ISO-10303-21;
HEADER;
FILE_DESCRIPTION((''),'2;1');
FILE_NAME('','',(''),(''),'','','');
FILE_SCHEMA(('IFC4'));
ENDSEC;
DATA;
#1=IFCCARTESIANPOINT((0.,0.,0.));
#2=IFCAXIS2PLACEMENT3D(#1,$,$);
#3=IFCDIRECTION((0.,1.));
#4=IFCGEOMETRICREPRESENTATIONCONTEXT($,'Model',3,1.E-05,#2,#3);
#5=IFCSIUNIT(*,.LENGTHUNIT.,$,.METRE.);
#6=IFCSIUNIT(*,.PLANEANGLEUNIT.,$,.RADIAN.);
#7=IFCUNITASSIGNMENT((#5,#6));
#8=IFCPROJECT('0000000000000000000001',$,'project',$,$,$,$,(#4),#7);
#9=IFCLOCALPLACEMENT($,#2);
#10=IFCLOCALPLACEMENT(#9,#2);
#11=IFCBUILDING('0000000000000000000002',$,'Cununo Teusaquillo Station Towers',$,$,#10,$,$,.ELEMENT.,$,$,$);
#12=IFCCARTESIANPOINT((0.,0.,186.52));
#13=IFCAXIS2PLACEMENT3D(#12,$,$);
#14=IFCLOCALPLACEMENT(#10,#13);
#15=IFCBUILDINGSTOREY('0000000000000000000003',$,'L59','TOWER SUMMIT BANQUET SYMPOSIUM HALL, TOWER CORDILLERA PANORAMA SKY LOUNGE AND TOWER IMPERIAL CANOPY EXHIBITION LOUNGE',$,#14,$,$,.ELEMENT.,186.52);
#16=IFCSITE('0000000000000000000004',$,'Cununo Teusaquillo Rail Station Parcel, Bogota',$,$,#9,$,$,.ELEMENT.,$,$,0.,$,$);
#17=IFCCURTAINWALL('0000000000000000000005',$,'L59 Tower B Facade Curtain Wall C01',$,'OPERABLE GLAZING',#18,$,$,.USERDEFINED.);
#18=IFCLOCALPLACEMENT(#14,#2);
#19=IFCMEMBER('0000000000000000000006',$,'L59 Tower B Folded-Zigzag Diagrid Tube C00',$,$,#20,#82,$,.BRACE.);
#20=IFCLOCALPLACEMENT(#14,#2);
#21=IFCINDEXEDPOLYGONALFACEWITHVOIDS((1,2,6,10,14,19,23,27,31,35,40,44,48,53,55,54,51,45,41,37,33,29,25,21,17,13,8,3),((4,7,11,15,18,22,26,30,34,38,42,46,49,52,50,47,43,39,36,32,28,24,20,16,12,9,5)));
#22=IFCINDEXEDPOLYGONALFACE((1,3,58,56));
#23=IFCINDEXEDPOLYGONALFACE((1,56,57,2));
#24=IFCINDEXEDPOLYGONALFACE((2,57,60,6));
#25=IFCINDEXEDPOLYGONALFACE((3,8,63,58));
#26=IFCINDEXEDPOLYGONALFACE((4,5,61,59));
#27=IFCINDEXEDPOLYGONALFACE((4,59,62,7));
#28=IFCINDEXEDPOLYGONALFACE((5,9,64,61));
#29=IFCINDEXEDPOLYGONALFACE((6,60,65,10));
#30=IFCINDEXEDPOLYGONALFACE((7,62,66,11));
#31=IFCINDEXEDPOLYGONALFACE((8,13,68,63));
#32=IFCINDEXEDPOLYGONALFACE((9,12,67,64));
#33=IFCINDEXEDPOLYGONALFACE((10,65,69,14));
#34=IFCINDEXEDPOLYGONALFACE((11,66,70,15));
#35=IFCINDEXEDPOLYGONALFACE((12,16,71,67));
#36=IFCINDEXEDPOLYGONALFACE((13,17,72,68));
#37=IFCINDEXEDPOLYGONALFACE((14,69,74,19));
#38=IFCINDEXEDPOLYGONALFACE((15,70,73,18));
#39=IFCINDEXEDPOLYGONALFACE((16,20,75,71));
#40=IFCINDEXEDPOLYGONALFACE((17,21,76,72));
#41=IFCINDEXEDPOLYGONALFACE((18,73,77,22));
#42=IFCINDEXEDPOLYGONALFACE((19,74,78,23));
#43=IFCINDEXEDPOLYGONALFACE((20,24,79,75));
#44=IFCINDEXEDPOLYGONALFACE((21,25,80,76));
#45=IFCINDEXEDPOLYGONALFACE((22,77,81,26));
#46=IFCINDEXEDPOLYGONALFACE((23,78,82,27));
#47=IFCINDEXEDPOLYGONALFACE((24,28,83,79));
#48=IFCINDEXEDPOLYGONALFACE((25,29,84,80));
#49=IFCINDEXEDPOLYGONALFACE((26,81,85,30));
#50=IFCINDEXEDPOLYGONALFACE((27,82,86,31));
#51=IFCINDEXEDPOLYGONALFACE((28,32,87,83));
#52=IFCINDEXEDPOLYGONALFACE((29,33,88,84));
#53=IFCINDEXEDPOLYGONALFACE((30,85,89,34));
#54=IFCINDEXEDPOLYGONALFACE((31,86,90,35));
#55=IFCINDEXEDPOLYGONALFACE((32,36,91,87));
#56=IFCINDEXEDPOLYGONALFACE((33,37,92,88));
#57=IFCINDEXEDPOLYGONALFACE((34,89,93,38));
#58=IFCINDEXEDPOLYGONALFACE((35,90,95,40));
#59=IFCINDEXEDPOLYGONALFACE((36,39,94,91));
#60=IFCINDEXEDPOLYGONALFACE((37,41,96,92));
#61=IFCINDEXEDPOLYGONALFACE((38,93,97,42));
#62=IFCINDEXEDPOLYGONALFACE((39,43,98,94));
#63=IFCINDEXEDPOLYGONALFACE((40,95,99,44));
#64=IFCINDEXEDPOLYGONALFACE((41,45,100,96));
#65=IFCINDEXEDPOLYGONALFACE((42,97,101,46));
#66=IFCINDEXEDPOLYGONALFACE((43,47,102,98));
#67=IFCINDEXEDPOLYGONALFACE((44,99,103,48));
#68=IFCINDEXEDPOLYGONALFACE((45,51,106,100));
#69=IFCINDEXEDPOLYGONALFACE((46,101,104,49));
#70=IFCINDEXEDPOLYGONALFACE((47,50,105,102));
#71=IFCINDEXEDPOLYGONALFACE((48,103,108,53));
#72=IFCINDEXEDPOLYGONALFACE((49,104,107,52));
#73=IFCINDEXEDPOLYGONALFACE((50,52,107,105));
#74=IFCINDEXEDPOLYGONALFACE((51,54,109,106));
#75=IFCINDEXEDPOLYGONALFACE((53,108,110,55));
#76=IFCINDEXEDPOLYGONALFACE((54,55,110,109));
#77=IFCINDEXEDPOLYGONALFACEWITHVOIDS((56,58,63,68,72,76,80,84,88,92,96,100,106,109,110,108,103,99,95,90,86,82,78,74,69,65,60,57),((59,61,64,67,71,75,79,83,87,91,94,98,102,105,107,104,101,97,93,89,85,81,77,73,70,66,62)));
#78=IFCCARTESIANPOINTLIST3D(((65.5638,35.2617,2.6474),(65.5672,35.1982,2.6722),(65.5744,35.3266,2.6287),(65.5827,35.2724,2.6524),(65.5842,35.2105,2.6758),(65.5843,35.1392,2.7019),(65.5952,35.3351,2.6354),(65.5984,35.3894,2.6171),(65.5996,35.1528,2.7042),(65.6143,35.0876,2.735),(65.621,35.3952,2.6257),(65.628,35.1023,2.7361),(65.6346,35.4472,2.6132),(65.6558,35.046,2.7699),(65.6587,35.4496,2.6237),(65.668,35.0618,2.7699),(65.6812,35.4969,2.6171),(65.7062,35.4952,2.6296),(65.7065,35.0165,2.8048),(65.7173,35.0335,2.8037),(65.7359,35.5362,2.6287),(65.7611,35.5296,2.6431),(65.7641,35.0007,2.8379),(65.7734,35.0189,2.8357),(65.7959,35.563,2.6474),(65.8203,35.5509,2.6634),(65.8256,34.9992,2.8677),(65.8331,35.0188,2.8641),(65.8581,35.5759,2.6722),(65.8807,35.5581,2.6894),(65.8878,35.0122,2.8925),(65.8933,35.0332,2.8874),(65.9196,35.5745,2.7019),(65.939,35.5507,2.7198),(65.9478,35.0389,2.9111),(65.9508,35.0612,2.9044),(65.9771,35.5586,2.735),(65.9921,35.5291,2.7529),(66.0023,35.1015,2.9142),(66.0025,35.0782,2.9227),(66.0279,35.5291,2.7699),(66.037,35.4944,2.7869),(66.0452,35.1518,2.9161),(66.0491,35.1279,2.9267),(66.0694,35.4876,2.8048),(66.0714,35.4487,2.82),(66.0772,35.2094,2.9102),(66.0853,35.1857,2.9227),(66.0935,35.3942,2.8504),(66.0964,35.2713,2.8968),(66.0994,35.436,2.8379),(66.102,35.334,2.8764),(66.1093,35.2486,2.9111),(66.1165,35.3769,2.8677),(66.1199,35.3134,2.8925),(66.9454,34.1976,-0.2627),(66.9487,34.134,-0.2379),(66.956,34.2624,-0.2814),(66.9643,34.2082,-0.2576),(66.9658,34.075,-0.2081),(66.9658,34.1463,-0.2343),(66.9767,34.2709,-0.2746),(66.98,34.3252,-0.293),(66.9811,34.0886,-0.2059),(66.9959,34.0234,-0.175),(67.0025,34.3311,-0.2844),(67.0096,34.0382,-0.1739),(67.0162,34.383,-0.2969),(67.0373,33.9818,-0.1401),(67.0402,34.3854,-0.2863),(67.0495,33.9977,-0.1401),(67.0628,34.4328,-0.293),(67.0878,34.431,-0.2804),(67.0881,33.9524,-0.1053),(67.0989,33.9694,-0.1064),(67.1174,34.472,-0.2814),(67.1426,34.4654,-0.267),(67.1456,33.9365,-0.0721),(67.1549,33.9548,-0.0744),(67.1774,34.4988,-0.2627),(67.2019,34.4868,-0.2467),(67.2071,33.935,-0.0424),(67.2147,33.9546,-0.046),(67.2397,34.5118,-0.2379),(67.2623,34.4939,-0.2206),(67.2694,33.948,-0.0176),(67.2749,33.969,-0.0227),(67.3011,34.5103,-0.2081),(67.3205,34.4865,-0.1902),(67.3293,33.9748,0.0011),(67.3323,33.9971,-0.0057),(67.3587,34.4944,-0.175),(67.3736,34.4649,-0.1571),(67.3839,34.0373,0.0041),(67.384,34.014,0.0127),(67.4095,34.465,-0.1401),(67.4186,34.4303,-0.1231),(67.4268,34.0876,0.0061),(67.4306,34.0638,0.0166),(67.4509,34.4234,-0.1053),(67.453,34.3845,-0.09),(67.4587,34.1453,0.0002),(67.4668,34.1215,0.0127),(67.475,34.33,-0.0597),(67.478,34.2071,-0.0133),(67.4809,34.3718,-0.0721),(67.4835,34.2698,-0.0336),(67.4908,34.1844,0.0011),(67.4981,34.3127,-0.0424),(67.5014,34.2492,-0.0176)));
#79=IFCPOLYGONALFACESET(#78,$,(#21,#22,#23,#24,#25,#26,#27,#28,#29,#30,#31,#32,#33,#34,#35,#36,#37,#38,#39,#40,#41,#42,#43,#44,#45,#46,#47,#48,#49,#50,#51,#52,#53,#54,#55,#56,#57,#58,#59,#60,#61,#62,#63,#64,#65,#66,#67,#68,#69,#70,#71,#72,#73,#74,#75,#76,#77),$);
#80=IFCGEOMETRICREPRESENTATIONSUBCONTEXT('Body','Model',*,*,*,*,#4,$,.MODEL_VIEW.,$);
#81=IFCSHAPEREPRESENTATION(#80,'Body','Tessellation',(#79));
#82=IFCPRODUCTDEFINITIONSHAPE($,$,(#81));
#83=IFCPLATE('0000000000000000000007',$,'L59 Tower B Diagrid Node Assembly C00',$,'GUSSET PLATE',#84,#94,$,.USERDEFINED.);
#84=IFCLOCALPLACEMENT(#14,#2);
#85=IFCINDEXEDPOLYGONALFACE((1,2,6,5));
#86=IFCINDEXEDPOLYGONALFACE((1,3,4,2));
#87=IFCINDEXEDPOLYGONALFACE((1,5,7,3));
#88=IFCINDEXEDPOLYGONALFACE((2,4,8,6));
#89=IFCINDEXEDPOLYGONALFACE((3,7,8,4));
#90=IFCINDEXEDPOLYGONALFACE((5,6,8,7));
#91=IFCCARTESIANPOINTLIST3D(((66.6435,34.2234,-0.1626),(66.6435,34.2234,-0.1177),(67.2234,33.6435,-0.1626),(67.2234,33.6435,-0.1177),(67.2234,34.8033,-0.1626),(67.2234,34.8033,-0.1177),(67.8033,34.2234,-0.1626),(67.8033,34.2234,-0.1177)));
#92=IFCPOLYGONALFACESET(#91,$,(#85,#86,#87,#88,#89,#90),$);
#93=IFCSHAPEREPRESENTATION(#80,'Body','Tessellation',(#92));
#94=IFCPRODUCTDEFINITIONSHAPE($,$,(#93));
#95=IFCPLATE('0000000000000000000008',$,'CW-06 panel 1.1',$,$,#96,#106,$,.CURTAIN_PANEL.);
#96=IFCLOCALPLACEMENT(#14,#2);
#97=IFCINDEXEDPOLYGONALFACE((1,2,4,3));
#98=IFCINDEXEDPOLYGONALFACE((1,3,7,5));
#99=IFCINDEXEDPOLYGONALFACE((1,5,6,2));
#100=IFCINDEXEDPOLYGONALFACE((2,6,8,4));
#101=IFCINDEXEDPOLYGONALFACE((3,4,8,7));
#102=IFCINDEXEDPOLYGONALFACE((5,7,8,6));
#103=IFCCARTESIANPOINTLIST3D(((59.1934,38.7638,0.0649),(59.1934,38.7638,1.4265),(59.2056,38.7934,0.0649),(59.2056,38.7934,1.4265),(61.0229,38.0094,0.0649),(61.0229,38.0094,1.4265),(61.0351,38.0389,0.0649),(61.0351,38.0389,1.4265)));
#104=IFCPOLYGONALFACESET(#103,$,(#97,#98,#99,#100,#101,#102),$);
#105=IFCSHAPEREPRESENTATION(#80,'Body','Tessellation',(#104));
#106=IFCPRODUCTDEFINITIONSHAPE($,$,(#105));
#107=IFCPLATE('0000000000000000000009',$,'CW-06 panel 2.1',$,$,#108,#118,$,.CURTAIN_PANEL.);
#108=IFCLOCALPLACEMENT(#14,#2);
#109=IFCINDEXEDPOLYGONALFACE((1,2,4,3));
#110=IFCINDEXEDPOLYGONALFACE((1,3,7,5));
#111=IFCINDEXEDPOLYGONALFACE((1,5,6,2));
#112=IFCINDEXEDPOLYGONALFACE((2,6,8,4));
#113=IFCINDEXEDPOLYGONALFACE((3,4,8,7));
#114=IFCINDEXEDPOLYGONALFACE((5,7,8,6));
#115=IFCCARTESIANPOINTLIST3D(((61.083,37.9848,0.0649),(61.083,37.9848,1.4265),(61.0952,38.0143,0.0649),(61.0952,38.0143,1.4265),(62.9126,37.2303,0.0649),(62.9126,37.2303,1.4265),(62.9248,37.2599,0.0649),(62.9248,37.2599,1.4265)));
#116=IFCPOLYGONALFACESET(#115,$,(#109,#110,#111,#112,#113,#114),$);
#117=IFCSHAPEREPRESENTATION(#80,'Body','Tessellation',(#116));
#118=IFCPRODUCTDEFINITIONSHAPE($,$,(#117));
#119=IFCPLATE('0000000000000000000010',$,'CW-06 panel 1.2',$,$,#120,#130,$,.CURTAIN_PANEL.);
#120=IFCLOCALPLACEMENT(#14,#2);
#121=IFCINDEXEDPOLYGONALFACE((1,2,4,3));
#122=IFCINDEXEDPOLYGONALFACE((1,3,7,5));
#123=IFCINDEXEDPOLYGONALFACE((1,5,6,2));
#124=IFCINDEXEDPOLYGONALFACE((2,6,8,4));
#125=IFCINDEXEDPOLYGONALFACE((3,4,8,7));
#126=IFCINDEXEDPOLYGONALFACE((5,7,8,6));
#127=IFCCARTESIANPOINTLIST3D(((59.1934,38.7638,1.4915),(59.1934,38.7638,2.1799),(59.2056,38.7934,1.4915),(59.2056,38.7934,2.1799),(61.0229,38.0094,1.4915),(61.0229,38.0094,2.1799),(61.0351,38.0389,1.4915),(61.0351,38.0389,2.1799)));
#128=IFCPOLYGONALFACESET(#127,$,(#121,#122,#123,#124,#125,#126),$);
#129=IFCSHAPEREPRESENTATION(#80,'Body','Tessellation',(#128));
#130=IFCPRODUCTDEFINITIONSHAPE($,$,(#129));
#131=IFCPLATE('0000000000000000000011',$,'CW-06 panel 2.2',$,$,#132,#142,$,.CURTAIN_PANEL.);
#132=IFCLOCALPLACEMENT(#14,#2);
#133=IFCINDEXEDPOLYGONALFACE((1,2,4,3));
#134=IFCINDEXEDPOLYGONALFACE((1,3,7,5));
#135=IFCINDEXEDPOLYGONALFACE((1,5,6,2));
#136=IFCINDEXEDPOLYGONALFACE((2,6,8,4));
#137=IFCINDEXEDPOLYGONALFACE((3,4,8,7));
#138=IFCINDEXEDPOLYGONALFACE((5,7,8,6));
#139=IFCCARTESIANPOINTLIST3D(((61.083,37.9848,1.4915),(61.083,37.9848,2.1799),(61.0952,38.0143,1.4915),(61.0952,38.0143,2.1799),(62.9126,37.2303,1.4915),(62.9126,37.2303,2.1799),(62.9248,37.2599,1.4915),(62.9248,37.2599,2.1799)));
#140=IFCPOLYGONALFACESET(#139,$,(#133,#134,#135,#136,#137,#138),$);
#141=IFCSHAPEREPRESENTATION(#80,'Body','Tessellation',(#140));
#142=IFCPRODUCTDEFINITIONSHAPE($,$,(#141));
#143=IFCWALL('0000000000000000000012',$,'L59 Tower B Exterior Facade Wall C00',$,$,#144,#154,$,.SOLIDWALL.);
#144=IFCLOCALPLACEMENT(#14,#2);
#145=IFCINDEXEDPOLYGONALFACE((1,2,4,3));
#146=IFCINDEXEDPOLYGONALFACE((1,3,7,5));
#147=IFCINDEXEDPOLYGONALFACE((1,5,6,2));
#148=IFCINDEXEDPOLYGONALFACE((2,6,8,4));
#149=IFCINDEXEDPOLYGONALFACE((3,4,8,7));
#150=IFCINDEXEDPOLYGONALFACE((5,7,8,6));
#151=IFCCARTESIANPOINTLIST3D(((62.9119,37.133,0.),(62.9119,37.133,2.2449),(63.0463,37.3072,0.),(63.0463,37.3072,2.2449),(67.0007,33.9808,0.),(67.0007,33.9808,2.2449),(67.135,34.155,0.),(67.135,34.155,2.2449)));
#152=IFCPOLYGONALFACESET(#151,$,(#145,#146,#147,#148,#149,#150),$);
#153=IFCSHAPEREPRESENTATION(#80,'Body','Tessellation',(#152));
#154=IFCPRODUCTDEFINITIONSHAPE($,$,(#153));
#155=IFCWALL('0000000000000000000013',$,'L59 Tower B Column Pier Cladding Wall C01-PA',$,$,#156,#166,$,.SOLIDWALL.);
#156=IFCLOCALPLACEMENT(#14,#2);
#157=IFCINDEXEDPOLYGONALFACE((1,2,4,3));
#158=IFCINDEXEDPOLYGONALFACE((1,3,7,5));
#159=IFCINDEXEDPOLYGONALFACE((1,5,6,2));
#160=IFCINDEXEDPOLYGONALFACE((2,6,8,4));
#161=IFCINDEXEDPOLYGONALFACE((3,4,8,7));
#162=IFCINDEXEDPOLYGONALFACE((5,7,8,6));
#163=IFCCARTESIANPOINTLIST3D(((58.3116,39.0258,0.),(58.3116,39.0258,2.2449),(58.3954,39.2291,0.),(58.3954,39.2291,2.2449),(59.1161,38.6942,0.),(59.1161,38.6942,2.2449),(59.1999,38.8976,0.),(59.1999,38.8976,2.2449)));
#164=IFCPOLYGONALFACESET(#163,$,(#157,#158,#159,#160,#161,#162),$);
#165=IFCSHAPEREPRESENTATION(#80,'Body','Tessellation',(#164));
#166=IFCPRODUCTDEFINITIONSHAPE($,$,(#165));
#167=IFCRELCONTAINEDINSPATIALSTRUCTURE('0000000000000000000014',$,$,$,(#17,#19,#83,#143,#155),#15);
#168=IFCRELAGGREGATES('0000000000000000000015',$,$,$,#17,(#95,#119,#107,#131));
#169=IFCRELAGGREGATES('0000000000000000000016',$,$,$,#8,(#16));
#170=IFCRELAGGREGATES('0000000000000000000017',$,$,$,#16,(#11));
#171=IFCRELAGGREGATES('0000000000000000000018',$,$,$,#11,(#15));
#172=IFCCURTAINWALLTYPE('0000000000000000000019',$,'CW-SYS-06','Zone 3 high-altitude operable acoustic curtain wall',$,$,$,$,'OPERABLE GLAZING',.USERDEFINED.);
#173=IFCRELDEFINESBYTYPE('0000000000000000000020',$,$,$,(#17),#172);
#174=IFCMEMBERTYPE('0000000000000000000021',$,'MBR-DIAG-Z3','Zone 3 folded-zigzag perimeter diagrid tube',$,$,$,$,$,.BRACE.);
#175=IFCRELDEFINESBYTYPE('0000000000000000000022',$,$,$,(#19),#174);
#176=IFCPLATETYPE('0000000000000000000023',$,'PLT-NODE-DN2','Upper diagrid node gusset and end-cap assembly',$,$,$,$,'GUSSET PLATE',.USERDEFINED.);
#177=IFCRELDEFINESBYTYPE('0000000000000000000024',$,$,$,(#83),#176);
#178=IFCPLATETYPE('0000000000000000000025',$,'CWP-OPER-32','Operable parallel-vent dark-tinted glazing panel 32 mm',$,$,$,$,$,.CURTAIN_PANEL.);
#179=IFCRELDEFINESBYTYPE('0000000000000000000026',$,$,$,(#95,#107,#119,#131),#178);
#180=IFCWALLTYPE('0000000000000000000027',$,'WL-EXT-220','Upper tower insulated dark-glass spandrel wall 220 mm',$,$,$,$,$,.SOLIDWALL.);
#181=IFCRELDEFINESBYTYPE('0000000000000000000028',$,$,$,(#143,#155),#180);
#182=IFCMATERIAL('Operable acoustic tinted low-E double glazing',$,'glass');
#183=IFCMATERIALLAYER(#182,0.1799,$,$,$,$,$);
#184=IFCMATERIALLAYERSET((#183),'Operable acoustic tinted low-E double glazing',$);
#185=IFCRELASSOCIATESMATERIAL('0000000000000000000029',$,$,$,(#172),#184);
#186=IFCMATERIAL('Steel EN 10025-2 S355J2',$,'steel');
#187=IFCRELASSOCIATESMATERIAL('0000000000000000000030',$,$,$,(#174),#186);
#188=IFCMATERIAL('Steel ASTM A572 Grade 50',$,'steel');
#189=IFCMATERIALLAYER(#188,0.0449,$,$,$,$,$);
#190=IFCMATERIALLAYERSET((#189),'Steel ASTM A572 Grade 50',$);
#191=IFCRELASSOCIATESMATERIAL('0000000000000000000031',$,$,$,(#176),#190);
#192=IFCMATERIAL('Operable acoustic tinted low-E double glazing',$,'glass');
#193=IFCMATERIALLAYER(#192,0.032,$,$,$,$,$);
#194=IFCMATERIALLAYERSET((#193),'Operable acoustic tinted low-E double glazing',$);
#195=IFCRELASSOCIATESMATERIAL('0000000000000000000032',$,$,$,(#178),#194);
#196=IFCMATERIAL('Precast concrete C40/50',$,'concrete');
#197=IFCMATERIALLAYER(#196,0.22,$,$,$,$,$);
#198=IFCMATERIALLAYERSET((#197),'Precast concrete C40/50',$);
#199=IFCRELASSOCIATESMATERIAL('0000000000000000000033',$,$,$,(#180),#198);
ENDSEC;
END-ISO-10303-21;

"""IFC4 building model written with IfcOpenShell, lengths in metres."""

from ifc_helpers import new_model, si_unit, direction, frame, frame_2d, origin, origin_2d, place, context, subcontext, project, spatial, rectangle, hollow_circle, extrude, source, transform, mapped, material, layer, layer_set, material_profile, profile_set, type_object, element, aggregate, save


model = new_model("IFC4")

# Units and contexts
model_context = context("Model", 3, precision=1e-05, world=origin(), true_north=direction((0.0, 1.0)))
body_context = subcontext(model_context, "Body", "Model", "MODEL_VIEW")
ifc_project = project(units=[si_unit("LENGTHUNIT", "METRE"), si_unit("PLANEANGLEUNIT", "RADIAN")], contexts=[model_context])

# Site, building, storey
site_placement = place(None, origin())
site = spatial("IfcSite", under=ifc_project, at=site_placement, Name="Cununo Teusaquillo Rail Station Parcel, Bogota", CompositionType="ELEMENT", RefElevation=0.0)
building_placement = place(site_placement, origin())
building = spatial("IfcBuilding", under=site, at=building_placement, Name="Cununo Teusaquillo Station Towers", CompositionType="ELEMENT")
storey_placement = place(building_placement, frame((0.0, 0.0, 186.52)))
storey = spatial("IfcBuildingStorey", under=building, at=storey_placement, Name="L59", Description="TOWER SUMMIT BANQUET SYMPOSIUM HALL, TOWER CORDILLERA PANORAMA SKY LOUNGE AND TOWER IMPERIAL CANOPY EXHIBITION LOUNGE", CompositionType="ELEMENT", Elevation=186.52)

# Curtain wall
ifc_material_1 = material(Name="Operable acoustic tinted low-E double glazing", Category="glass")
ifc_layer_1 = layer(ifc_material_1, 0.1799)
ifc_layer_set_1 = layer_set([ifc_layer_1], Name="Operable acoustic tinted low-E double glazing")
curtain_wall_type = type_object("IfcCurtainWallType", Name="CW-SYS-06", Description="Zone 3 high-altitude operable acoustic curtain wall", ElementType="OPERABLE GLAZING", PredefinedType="USERDEFINED", material=ifc_layer_set_1)
curtain_wall_placement = place(storey_placement, origin())
curtain_wall = element("IfcCurtainWall", 1, at=curtain_wall_placement, inside=storey, type_object=curtain_wall_type, Name="L59 Tower B Facade Curtain Wall C01", ObjectType="OPERABLE GLAZING", PredefinedType="USERDEFINED")

# Member
ifc_material_2 = material(Name="Steel EN 10025-2 S355J2", Category="steel")
ifc_material_profile_1 = material_profile(ifc_material_2, hollow_circle(Radius=0.3049, WallThickness=0.02, at=origin_2d()), Name="CHS 610x20")
ifc_profile_set_1 = profile_set([ifc_material_profile_1], Name="Steel EN 10025-2 S355J2")
member_type_1 = type_object("IfcMemberType", Name="MBR-DIAG-Z3", Description="Zone 3 folded-zigzag perimeter diagrid tube", PredefinedType="BRACE", material=ifc_profile_set_1)
member_1_placement = place(storey_placement, frame((67.2234, 34.2234, -0.1401), z_axis=(-0.407226, 0.313677, 0.857772), x_axis=(-0.610232, -0.792223, 0.0)))
element("IfcMember", 2, at=member_1_placement, inside=storey, type_object=member_type_1, Name="L59 Tower B Folded-Zigzag Diagrid Tube C00", PredefinedType="BRACE", context=body_context, shape_type="SweptSolid", body=[
    extrude(hollow_circle(Radius=0.3049, WallThickness=0.02, at=origin_2d()), origin(), (0.0, 0.0, 1.0), 3.3926),
])

# Plates
ifc_material_3 = material(Name="Steel ASTM A572 Grade 50", Category="steel")
ifc_layer_2 = layer(ifc_material_3, 0.0449)
ifc_layer_set_2 = layer_set([ifc_layer_2], Name="Steel ASTM A572 Grade 50")
plate_type_1 = type_object("IfcPlateType", Name="PLT-NODE-DN2", Description="Upper diagrid node gusset and end-cap assembly", ElementType="GUSSET PLATE", PredefinedType="USERDEFINED", material=ifc_layer_set_2)
shared_shape_1 = source(origin(), body_context, "Body", "SweptSolid", [
    extrude(rectangle(XDim=0.8201, YDim=0.8201, at=origin_2d()), origin(), (0.0, 0.0, 1.0), 0.0449),
])
plate_1_placement = place(storey_placement, frame((67.2234, 34.2234, -0.1626), z_axis=(0.0, 0.0, 1.0), x_axis=(0.707107, 0.707107, 0.0)))
element("IfcPlate", 3, at=plate_1_placement, inside=storey, type_object=plate_type_1, Name="L59 Tower B Diagrid Node Assembly C00", ObjectType="GUSSET PLATE", PredefinedType="USERDEFINED", context=body_context, shape_type="MappedRepresentation", body=[
    mapped(shared_shape_1, transform((0.0, 0.0, 0.0), x_axis=(1.0, 0.0, 0.0), y_axis=(0.0, 1.0, 0.0), z_axis=(0.0, 0.0, 1.0), scale=1.0)),
])
ifc_material_4 = material(Name="Operable acoustic tinted low-E double glazing", Category="glass")
ifc_layer_3 = layer(ifc_material_4, 0.032)
ifc_layer_set_3 = layer_set([ifc_layer_3], Name="Operable acoustic tinted low-E double glazing")
plate_type_2 = type_object("IfcPlateType", Name="CWP-OPER-32", Description="Operable parallel-vent dark-tinted glazing panel 32 mm", PredefinedType="CURTAIN_PANEL", material=ifc_layer_set_3)
shared_shape_2 = source(origin(), body_context, "Body", "SweptSolid", [
    extrude(rectangle(XDim=1.979, YDim=0.032, at=origin_2d()), origin(), (0.0, 0.0, 1.0), 1.3616),
])
plate_2_placement = place(storey_placement, frame((60.1143, 38.4014, 0.0649), z_axis=(0.0, 0.0, 1.0), x_axis=(0.924481, -0.381229, 0.0)))
plate_2 = element("IfcPlate", 4, at=plate_2_placement, type_object=plate_type_2, Name="CW-06 panel 1.1", PredefinedType="CURTAIN_PANEL", context=body_context, shape_type="MappedRepresentation", body=[
    mapped(shared_shape_2, transform((0.0, 0.0, 0.0), x_axis=(1.0, 0.0, 0.0), y_axis=(0.0, 1.0, 0.0), z_axis=(0.0, 0.0, 1.0), scale=1.0)),
])
plate_3_placement = place(storey_placement, frame((62.0039, 37.6223, 0.0649), z_axis=(0.0, 0.0, 1.0), x_axis=(0.924481, -0.381229, 0.0)))
plate_3 = element("IfcPlate", 5, at=plate_3_placement, type_object=plate_type_2, Name="CW-06 panel 2.1", PredefinedType="CURTAIN_PANEL", context=body_context, shape_type="MappedRepresentation", body=[
    mapped(shared_shape_2, transform((0.0, 0.0, 0.0), x_axis=(1.0, 0.0, 0.0), y_axis=(0.0, 1.0, 0.0), z_axis=(0.0, 0.0, 1.0), scale=1.0)),
])
shared_shape_3 = source(origin(), body_context, "Body", "SweptSolid", [
    extrude(rectangle(XDim=1.979, YDim=0.032, at=origin_2d()), origin(), (0.0, 0.0, 1.0), 0.6885),
])
plate_4_placement = place(storey_placement, frame((60.1143, 38.4014, 1.4915), z_axis=(0.0, 0.0, 1.0), x_axis=(0.924481, -0.381229, 0.0)))
plate_4 = element("IfcPlate", 6, at=plate_4_placement, type_object=plate_type_2, Name="CW-06 panel 1.2", PredefinedType="CURTAIN_PANEL", context=body_context, shape_type="MappedRepresentation", body=[
    mapped(shared_shape_3, transform((0.0, 0.0, 0.0), x_axis=(1.0, 0.0, 0.0), y_axis=(0.0, 1.0, 0.0), z_axis=(0.0, 0.0, 1.0), scale=1.0)),
])
plate_5_placement = place(storey_placement, frame((62.0039, 37.6223, 1.4915), z_axis=(0.0, 0.0, 1.0), x_axis=(0.924481, -0.381229, 0.0)))
plate_5 = element("IfcPlate", 7, at=plate_5_placement, type_object=plate_type_2, Name="CW-06 panel 2.2", PredefinedType="CURTAIN_PANEL", context=body_context, shape_type="MappedRepresentation", body=[
    mapped(shared_shape_3, transform((0.0, 0.0, 0.0), x_axis=(1.0, 0.0, 0.0), y_axis=(0.0, 1.0, 0.0), z_axis=(0.0, 0.0, 1.0), scale=1.0)),
])
aggregate(curtain_wall, [plate_2, plate_4, plate_3, plate_5])

# Walls
ifc_material_5 = material(Name="Precast concrete C40/50", Category="concrete")
ifc_layer_4 = layer(ifc_material_5, 0.22)
ifc_layer_set_4 = layer_set([ifc_layer_4], Name="Precast concrete C40/50")
wall_type = type_object("IfcWallType", Name="WL-EXT-220", Description="Upper tower insulated dark-glass spandrel wall 220 mm", PredefinedType="SOLIDWALL", material=ifc_layer_set_4)
wall_1_placement = place(storey_placement, frame((62.979, 37.2202, 0.0), z_axis=(0.0, 0.0, 1.0), x_axis=(0.791963, -0.61057, 0.0)))
element("IfcWall", 8, at=wall_1_placement, inside=storey, type_object=wall_type, Name="L59 Tower B Exterior Facade Wall C00", PredefinedType="SOLIDWALL", context=body_context, shape_type="SweptSolid", body=[
    extrude(rectangle(XDim=5.1628, YDim=0.22, at=frame_2d((2.5815, 0.0))), origin(), (0.0, 0.0, 1.0), 2.2449),
])
wall_2_placement = place(storey_placement, frame((58.3535, 39.1274, 0.0), z_axis=(0.0, 0.0, 1.0), x_axis=(0.924556, -0.381046, 0.0)))
element("IfcWall", 9, at=wall_2_placement, inside=storey, type_object=wall_type, Name="L59 Tower B Column Pier Cladding Wall C01-PA", PredefinedType="SOLIDWALL", context=body_context, shape_type="SweptSolid", body=[
    extrude(rectangle(XDim=0.8701, YDim=0.22, at=frame_2d((0.4351, 0.0))), origin(), (0.0, 0.0, 1.0), 2.2449),
])

save(model, "model.ifc")
